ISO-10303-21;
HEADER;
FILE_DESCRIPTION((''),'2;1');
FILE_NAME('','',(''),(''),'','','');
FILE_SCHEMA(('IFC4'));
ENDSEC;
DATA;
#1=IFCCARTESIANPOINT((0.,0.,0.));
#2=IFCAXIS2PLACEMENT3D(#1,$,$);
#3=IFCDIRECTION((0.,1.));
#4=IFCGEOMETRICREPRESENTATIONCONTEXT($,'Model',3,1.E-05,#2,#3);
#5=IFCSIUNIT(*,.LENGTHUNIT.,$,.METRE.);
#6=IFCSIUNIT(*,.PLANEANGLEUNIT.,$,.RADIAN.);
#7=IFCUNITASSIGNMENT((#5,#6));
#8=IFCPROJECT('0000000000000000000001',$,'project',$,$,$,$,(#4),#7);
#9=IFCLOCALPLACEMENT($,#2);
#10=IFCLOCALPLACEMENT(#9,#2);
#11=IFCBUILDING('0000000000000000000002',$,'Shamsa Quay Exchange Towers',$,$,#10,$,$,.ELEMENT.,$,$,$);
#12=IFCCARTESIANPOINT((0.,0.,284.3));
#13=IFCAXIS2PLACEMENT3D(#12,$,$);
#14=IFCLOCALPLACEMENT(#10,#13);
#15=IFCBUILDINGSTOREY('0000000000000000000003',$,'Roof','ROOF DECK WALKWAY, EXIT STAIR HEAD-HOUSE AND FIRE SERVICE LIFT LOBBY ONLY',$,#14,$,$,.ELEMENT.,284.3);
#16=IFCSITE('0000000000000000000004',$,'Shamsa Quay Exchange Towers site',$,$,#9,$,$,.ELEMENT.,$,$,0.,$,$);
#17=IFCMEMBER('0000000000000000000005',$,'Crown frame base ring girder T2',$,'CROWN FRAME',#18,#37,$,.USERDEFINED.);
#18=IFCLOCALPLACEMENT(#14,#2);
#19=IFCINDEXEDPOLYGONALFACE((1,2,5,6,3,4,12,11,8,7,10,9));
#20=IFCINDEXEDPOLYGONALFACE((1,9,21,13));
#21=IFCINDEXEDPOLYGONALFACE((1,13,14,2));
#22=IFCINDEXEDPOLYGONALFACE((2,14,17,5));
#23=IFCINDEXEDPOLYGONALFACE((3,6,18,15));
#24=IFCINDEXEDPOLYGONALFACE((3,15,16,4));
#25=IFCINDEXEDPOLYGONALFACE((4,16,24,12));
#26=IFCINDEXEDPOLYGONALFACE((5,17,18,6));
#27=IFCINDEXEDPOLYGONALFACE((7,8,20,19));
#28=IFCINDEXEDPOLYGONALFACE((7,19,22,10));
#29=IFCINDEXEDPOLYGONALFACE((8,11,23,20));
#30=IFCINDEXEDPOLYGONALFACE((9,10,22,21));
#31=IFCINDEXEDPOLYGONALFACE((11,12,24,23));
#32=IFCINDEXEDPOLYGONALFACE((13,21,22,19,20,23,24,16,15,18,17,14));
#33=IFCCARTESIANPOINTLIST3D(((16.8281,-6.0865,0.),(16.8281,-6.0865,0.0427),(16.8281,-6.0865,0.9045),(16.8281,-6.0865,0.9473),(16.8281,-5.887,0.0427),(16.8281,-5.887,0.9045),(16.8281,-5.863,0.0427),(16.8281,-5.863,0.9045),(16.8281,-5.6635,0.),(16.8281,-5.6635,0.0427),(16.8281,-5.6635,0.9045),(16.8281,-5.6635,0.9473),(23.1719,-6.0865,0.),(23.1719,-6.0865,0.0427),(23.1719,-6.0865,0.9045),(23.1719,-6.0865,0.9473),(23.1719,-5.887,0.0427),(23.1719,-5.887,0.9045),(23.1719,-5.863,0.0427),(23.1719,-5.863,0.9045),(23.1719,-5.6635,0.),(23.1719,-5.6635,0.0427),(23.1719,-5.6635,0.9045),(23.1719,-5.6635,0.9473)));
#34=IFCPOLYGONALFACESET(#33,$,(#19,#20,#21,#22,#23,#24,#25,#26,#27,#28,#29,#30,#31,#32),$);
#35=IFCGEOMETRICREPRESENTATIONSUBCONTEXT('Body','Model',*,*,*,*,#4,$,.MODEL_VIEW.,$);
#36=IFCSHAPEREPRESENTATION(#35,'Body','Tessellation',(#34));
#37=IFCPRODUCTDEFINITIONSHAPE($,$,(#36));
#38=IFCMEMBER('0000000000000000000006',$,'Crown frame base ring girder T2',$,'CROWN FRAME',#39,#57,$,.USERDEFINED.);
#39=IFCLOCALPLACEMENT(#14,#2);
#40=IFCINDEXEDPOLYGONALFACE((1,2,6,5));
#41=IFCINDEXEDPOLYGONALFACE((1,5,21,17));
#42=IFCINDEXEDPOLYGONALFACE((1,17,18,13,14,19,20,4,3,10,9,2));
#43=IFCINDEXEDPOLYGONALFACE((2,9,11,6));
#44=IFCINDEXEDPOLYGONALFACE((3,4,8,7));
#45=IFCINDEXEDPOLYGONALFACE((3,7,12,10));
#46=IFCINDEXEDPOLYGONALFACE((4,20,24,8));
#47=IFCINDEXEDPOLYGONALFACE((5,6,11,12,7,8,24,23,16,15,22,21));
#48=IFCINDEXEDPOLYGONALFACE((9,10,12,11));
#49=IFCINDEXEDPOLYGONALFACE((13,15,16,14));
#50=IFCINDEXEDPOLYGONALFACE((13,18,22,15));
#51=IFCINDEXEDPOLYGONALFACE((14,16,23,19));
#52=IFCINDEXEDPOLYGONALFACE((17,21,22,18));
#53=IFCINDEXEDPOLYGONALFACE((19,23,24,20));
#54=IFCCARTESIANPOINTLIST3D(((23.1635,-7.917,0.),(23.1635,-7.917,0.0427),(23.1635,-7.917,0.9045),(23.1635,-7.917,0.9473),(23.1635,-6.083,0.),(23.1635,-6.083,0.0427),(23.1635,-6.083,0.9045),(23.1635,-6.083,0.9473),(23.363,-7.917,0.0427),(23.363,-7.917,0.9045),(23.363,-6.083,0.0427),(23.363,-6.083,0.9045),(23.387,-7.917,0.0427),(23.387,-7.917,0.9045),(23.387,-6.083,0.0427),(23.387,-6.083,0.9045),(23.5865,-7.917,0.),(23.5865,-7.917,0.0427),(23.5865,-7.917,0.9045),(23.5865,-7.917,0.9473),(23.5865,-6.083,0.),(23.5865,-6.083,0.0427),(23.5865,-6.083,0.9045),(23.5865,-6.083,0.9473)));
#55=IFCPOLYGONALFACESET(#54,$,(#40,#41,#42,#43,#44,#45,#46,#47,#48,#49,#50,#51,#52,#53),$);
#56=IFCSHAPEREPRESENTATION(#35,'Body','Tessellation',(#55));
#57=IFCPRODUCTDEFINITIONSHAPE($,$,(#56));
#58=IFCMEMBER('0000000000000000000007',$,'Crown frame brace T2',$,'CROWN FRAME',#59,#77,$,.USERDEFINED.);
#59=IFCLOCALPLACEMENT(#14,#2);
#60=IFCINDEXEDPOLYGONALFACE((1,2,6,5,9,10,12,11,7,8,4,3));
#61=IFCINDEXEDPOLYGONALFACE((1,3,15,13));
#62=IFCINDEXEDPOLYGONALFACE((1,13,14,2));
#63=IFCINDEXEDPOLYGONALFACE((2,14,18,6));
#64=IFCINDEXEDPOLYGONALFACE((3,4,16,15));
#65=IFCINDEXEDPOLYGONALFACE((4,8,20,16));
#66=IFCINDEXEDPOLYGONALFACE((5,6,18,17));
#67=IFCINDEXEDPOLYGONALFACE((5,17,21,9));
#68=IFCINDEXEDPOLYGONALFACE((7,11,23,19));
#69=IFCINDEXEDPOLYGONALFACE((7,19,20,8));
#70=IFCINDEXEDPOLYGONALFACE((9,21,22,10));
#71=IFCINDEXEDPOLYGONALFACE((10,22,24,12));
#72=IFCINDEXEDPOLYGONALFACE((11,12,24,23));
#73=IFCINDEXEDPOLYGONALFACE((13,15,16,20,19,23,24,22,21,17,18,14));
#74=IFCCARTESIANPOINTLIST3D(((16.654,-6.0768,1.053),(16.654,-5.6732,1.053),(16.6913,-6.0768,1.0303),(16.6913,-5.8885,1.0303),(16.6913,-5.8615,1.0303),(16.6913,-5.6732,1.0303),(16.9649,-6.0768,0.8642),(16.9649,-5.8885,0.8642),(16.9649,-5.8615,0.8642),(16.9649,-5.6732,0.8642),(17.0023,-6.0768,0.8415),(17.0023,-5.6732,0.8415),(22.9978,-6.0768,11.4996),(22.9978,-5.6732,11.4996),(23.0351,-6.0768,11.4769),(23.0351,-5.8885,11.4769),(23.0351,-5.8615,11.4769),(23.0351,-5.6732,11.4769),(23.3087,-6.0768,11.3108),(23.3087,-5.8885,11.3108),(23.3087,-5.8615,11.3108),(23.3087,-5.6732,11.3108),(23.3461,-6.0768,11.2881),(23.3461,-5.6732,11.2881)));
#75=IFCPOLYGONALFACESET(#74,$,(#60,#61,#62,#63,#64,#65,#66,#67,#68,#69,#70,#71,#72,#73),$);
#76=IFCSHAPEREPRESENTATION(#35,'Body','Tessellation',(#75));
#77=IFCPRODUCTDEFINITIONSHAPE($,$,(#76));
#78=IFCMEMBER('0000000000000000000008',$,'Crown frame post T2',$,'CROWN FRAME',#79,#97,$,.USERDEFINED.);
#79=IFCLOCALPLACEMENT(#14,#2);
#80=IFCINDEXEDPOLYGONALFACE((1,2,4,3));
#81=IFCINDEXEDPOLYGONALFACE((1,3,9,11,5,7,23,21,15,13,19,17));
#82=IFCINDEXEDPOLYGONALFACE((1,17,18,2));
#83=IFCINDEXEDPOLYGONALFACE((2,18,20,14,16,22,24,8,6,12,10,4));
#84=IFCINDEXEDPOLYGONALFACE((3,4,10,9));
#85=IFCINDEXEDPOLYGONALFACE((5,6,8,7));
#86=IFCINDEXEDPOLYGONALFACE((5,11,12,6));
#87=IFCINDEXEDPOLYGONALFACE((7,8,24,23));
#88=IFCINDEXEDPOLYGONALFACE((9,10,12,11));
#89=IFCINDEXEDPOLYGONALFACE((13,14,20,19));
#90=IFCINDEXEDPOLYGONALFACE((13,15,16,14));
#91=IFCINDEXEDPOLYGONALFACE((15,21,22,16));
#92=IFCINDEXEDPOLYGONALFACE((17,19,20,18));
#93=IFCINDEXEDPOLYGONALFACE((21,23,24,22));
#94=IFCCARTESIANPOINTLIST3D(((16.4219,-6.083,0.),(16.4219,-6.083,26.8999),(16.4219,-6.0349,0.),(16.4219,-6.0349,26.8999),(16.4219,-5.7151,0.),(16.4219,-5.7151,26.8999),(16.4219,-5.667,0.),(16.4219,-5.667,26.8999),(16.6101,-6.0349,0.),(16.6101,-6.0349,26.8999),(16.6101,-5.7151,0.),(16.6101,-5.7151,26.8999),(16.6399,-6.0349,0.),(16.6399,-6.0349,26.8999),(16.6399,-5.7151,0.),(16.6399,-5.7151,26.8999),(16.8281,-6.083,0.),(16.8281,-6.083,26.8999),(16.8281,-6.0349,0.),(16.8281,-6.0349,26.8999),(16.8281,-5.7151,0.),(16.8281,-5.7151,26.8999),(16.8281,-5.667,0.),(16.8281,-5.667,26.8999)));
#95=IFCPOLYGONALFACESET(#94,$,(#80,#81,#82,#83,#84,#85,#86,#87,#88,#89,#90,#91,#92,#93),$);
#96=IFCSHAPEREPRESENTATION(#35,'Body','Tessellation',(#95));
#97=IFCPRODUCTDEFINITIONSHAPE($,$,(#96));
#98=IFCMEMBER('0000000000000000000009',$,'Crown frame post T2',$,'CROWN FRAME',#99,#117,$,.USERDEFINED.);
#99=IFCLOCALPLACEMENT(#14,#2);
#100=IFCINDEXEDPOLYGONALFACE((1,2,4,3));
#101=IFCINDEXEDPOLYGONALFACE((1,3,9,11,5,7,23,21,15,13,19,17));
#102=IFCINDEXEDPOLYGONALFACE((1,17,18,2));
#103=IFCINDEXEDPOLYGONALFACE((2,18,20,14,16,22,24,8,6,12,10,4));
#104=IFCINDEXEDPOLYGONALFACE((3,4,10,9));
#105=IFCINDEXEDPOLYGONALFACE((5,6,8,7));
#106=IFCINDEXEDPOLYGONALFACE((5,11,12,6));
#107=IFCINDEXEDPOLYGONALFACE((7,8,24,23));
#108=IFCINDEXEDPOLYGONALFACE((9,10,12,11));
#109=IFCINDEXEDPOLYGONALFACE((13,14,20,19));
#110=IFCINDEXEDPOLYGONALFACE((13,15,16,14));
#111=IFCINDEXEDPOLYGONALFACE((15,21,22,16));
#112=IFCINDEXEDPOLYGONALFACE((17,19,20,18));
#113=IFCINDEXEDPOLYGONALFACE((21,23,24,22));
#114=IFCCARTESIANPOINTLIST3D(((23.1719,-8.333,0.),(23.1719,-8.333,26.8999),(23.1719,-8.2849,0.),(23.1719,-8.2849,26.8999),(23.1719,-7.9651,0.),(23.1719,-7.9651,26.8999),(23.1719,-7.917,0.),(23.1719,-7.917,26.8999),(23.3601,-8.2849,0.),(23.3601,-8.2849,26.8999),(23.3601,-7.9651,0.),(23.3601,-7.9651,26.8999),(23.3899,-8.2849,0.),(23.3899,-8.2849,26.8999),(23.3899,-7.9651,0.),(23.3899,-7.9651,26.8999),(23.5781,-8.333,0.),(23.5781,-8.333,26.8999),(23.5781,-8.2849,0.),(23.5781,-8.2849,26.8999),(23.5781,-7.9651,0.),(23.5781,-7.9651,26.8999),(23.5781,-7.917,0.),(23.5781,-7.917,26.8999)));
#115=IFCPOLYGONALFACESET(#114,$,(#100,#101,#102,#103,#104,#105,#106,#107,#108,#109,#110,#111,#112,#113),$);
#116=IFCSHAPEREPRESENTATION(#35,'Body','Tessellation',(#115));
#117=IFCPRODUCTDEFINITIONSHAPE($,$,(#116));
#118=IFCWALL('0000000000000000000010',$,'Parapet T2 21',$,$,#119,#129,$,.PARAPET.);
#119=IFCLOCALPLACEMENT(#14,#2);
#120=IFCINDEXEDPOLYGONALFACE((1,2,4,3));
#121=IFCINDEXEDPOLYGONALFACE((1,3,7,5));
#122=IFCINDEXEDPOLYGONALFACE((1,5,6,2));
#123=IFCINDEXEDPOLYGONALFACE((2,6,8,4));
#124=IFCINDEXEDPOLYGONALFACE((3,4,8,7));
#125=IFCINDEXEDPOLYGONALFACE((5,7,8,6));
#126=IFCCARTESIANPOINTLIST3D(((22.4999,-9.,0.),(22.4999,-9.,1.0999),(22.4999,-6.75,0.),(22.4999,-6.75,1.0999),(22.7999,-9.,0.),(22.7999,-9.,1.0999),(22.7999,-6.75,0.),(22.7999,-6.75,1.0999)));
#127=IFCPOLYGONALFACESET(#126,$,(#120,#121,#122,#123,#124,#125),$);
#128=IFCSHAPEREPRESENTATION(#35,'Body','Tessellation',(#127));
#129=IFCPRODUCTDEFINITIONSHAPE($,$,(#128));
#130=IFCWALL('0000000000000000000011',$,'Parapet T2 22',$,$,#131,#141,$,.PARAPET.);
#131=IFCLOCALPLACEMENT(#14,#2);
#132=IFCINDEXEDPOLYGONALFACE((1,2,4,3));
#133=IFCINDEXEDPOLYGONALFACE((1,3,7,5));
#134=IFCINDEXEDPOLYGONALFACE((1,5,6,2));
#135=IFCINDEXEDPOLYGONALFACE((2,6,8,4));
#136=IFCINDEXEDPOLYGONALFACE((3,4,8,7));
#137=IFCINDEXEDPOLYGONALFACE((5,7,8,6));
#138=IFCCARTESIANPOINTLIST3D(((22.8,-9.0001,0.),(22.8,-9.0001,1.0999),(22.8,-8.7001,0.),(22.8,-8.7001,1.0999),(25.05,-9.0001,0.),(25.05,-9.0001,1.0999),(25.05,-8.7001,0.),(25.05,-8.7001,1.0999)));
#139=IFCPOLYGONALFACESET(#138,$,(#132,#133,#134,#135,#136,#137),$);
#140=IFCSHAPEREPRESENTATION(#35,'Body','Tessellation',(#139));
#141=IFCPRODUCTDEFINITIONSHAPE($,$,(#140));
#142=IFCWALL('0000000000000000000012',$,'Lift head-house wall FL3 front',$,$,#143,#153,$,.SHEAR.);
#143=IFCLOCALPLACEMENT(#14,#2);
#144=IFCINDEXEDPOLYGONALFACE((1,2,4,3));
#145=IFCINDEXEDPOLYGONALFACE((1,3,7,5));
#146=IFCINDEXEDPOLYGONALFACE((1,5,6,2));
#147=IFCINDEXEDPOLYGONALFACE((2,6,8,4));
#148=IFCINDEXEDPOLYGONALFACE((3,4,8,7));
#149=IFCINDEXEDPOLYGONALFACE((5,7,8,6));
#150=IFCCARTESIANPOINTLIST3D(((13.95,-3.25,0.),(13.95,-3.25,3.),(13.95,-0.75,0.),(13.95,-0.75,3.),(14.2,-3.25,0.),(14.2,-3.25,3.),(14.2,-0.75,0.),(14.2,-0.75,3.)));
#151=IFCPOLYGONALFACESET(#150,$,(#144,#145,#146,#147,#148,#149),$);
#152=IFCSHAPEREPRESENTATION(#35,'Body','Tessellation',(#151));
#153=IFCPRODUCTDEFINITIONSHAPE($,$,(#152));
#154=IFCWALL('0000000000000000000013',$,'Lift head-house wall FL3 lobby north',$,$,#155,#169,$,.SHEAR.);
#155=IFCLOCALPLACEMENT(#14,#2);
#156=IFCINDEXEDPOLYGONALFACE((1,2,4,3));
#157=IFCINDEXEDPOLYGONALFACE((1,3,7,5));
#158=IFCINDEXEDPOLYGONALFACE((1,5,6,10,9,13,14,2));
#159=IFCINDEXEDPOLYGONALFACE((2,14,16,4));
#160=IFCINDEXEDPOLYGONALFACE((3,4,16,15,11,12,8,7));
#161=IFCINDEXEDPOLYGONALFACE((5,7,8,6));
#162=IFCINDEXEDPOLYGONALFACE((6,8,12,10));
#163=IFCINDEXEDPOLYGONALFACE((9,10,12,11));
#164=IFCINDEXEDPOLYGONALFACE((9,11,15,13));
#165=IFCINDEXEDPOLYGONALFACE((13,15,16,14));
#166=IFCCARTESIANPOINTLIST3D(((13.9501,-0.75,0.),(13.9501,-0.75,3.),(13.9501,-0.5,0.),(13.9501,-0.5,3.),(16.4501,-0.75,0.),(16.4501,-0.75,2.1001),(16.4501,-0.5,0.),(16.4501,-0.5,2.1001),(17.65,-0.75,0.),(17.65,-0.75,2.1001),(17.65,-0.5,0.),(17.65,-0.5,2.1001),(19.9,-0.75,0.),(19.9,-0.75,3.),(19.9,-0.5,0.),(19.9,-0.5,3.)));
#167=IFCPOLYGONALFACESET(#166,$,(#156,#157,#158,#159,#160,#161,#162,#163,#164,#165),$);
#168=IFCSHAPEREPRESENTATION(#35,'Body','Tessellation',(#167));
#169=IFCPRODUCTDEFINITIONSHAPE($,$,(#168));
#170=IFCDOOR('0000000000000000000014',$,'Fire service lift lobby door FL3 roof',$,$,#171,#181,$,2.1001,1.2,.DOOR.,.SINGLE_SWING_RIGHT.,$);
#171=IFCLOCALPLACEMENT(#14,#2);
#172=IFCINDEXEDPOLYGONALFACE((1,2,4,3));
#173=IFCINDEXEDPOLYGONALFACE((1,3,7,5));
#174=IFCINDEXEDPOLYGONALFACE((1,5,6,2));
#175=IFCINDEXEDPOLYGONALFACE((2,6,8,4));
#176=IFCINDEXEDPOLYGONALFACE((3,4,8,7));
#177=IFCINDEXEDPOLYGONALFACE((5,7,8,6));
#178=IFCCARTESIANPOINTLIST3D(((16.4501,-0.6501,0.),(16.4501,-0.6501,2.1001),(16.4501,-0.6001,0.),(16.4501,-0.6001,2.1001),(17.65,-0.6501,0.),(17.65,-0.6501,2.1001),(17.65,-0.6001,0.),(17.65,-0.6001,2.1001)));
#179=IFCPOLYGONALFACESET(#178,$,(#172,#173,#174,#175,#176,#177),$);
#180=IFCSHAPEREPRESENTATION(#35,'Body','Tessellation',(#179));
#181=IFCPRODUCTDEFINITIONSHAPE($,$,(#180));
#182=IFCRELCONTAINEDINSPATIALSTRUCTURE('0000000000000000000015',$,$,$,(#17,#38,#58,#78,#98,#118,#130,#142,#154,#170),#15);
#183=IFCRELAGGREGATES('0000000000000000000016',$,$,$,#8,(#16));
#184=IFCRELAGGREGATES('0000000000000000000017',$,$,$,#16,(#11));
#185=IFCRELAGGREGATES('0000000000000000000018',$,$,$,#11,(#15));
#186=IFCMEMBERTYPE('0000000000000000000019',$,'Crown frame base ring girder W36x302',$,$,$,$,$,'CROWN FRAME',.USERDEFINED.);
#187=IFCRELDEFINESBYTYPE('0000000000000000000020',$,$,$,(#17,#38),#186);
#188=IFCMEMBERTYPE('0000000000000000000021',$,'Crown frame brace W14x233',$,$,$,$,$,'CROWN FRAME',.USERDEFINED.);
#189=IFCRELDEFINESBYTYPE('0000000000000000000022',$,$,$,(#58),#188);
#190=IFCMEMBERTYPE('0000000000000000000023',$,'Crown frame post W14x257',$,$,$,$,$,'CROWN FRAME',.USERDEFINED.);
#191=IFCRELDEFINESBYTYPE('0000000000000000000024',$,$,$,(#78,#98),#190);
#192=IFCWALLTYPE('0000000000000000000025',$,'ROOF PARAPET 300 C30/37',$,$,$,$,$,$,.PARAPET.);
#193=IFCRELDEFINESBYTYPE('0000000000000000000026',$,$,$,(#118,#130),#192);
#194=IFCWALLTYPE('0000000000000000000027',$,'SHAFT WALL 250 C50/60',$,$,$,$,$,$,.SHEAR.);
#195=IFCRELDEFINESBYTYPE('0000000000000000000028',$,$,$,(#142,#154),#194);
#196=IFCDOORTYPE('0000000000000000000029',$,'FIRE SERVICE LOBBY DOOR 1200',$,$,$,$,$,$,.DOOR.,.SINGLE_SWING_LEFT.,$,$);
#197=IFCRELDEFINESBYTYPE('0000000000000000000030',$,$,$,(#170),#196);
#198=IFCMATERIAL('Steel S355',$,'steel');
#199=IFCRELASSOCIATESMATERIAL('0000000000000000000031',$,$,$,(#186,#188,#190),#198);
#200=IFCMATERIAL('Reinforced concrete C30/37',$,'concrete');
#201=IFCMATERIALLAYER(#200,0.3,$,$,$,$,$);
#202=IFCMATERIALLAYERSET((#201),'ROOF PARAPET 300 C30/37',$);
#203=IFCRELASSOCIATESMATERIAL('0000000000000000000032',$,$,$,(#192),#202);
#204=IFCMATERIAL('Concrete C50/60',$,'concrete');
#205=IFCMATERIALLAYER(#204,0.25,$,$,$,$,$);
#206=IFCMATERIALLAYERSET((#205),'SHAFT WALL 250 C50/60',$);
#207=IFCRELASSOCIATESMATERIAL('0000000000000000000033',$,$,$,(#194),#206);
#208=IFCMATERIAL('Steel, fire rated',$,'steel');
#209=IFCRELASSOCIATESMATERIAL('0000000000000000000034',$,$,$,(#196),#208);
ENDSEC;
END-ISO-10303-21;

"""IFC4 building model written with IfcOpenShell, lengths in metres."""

from ifc_helpers import new_model, si_unit, direction, frame, frame_2d, origin, origin_2d, place, context, subcontext, project, spatial, rectangle, i_section, extrude, material, layer, layer_set, material_profile, profile_set, type_object, element, fill, save


model = new_model("IFC4")

# Units and contexts
model_context = context("Model", 3, precision=1e-05, world=origin(), true_north=direction((0.0, 1.0)))
body_context = subcontext(model_context, "Body", "Model", "MODEL_VIEW")
ifc_project = project(units=[si_unit("LENGTHUNIT", "METRE"), si_unit("PLANEANGLEUNIT", "RADIAN")], contexts=[model_context])

# Site, building, storey
site_placement = place(None, origin())
site = spatial("IfcSite", under=ifc_project, at=site_placement, Name="Shamsa Quay Exchange Towers site", CompositionType="ELEMENT", RefElevation=0.0)
building_placement = place(site_placement, origin())
building = spatial("IfcBuilding", under=site, at=building_placement, Name="Shamsa Quay Exchange Towers", CompositionType="ELEMENT")
storey_placement = place(building_placement, frame((0.0, 0.0, 284.3)))
storey = spatial("IfcBuildingStorey", under=building, at=storey_placement, Name="Roof", Description="ROOF DECK WALKWAY, EXIT STAIR HEAD-HOUSE AND FIRE SERVICE LIFT LOBBY ONLY", CompositionType="ELEMENT", Elevation=284.3)

# Members
ifc_material_1 = material(Name="Steel S355", Category="steel")
ifc_material_profile_1 = material_profile(ifc_material_1, i_section(OverallWidth=0.4231, OverallDepth=0.9473, WebThickness=0.0239, FlangeThickness=0.0427, at=origin_2d()), Name="W36x302")
ifc_profile_set_1 = profile_set([ifc_material_profile_1], Name="Steel S355")
member_type_1 = type_object("IfcMemberType", Name="Crown frame base ring girder W36x302", ElementType="CROWN FRAME", PredefinedType="USERDEFINED", material=ifc_profile_set_1)
member_1_placement = place(storey_placement, frame((16.8281, -5.875, 0.4736), z_axis=(1.0, 0.0, 0.0), x_axis=(0.0, 1.0, 0.0)))
element("IfcMember", 1, at=member_1_placement, inside=storey, type_object=member_type_1, Name="Crown frame base ring girder T2", ObjectType="CROWN FRAME", PredefinedType="USERDEFINED", context=body_context, shape_type="SweptSolid", body=[
    extrude(i_section(OverallWidth=0.4231, OverallDepth=0.9473, WebThickness=0.0239, FlangeThickness=0.0427, at=origin_2d()), origin(), (0.0, 0.0, 1.0), 6.3438),
])
member_2_placement = place(storey_placement, frame((23.375, -6.083, 0.4736), z_axis=(0.0, -1.0, 0.0), x_axis=(1.0, 0.0, 0.0)))
element("IfcMember", 2, at=member_2_placement, inside=storey, type_object=member_type_1, Name="Crown frame base ring girder T2", ObjectType="CROWN FRAME", PredefinedType="USERDEFINED", context=body_context, shape_type="SweptSolid", body=[
    extrude(i_section(OverallWidth=0.4231, OverallDepth=0.9473, WebThickness=0.0239, FlangeThickness=0.0427, at=origin_2d()), origin(), (0.0, 0.0, 1.0), 1.834),
])
ifc_material_profile_2 = material_profile(ifc_material_1, i_section(OverallWidth=0.4036, OverallDepth=0.4075, WebThickness=0.0271, FlangeThickness=0.0437, at=origin_2d()), Name="W14x233")
ifc_profile_set_2 = profile_set([ifc_material_profile_2], Name="Steel S355")
member_type_2 = type_object("IfcMemberType", Name="Crown frame brace W14x233", ElementType="CROWN FRAME", PredefinedType="USERDEFINED", material=ifc_profile_set_2)
member_3_placement = place(storey_placement, frame((16.8281, -5.875, 0.9473), z_axis=(0.519051, 0.0, 0.854744), x_axis=(0.0, 1.0, 0.0)))
element("IfcMember", 3, at=member_3_placement, inside=storey, type_object=member_type_2, Name="Crown frame brace T2", ObjectType="CROWN FRAME", PredefinedType="USERDEFINED", context=body_context, shape_type="SweptSolid", body=[
    extrude(i_section(OverallWidth=0.4036, OverallDepth=0.4075, WebThickness=0.0271, FlangeThickness=0.0437, at=origin_2d()), origin(), (0.0, 0.0, 1.0), 12.2219),
])
ifc_material_profile_3 = material_profile(ifc_material_1, i_section(OverallWidth=0.4062, OverallDepth=0.416, WebThickness=0.0298, FlangeThickness=0.0481, at=origin_2d()), Name="W14x257")
ifc_profile_set_3 = profile_set([ifc_material_profile_3], Name="Steel S355")
member_type_3 = type_object("IfcMemberType", Name="Crown frame post W14x257", ElementType="CROWN FRAME", PredefinedType="USERDEFINED", material=ifc_profile_set_3)
for number, where, name in (
    (4, (16.625, -5.875, 0.0), "Crown frame post T2"),
    (5, (23.375, -8.125, 0.0), "Crown frame post T2"),
):
    element("IfcMember", number, at=place(storey_placement, frame(where)), inside=storey, type_object=member_type_3, Name=name, ObjectType="CROWN FRAME", PredefinedType="USERDEFINED", context=body_context, shape_type="SweptSolid", body=[
        extrude(i_section(OverallWidth=0.4062, OverallDepth=0.416, WebThickness=0.0298, FlangeThickness=0.0481, at=origin_2d()), origin(), (0.0, 0.0, 1.0), 26.8999),
    ])

# Walls
ifc_material_2 = material(Name="Reinforced concrete C30/37", Category="concrete")
ifc_layer_1 = layer(ifc_material_2, 0.3)
ifc_layer_set_1 = layer_set([ifc_layer_1], Name="ROOF PARAPET 300 C30/37")
wall_type_1 = type_object("IfcWallType", Name="ROOF PARAPET 300 C30/37", PredefinedType="PARAPET", material=ifc_layer_set_1)
wall_1_placement = place(storey_placement, frame((22.6499, -6.75, 0.0), z_axis=(0.0, 0.0, 1.0), x_axis=(0.0, -1.0, 0.0)))
element("IfcWall", 6, at=wall_1_placement, inside=storey, type_object=wall_type_1, Name="Parapet T2 21", PredefinedType="PARAPET", context=body_context, shape_type="SweptSolid", body=[
    extrude(rectangle(XDim=2.25, YDim=0.3, at=frame_2d((1.125, 0.0))), origin(), (0.0, 0.0, 1.0), 1.0999),
])
wall_2_placement = place(storey_placement, frame((22.8, -8.8501, 0.0)))
element("IfcWall", 7, at=wall_2_placement, inside=storey, type_object=wall_type_1, Name="Parapet T2 22", PredefinedType="PARAPET", context=body_context, shape_type="SweptSolid", body=[
    extrude(rectangle(XDim=2.25, YDim=0.3, at=frame_2d((1.125, 0.0))), origin(), (0.0, 0.0, 1.0), 1.0999),
])
ifc_material_3 = material(Name="Concrete C50/60", Category="concrete")
ifc_layer_2 = layer(ifc_material_3, 0.25)
ifc_layer_set_2 = layer_set([ifc_layer_2], Name="SHAFT WALL 250 C50/60")
wall_type_2 = type_object("IfcWallType", Name="SHAFT WALL 250 C50/60", PredefinedType="SHEAR", material=ifc_layer_set_2)
wall_3_placement = place(storey_placement, frame((14.075, -3.25, 0.0), z_axis=(0.0, 0.0, 1.0), x_axis=(0.0, 1.0, 0.0)))
element("IfcWall", 8, at=wall_3_placement, inside=storey, type_object=wall_type_2, Name="Lift head-house wall FL3 front", PredefinedType="SHEAR", context=body_context, shape_type="SweptSolid", body=[
    extrude(rectangle(XDim=2.5, YDim=0.25, at=frame_2d((1.25, 0.0))), origin(), (0.0, 0.0, 1.0), 3.0),
])

# Wall, opening, door
wall_4_placement = place(storey_placement, frame((13.95, -0.625, 0.0)))
wall_4 = element("IfcWall", 9, at=wall_4_placement, inside=storey, type_object=wall_type_2, Name="Lift head-house wall FL3 lobby north", PredefinedType="SHEAR", context=body_context, shape_type="SweptSolid", body=[
    extrude(rectangle(XDim=5.95, YDim=0.25, at=frame_2d((2.9751, 0.0))), origin(), (0.0, 0.0, 1.0), 3.0),
])
opening_1_placement = place(wall_4_placement, frame((2.5, 0.0, 0.0)))
opening_1 = element("IfcOpeningElement", 10, at=opening_1_placement, cuts=wall_4, PredefinedType="OPENING", context=body_context, shape_type="SweptSolid", body=[
    extrude(rectangle(XDim=1.2, YDim=2.1001, at=frame_2d((0.6001, 1.05))), frame((0.0, 0.135, 0.0), z_axis=(0.0, -1.0, 0.0), x_axis=(1.0, 0.0, 0.0)), (0.0, 0.0, 1.0), 0.27),
])
ifc_material_4 = material(Name="Steel, fire rated", Category="steel")
door_type_1 = type_object("IfcDoorType", Name="FIRE SERVICE LOBBY DOOR 1200", OperationType="SINGLE_SWING_LEFT", PredefinedType="DOOR", material=ifc_material_4)
door_1_placement = place(opening_1_placement, origin())
door_1 = element("IfcDoor", 11, at=door_1_placement, inside=storey, type_object=door_type_1, Name="Fire service lift lobby door FL3 roof", OperationType="SINGLE_SWING_RIGHT", OverallHeight=2.1001, OverallWidth=1.2, PredefinedType="DOOR", context=body_context, shape_type="SweptSolid", body=[
    extrude(rectangle(XDim=1.2, YDim=2.1001, at=frame_2d((0.6001, 1.05))), frame((0.0, 0.0249, 0.0), z_axis=(0.0, -1.0, 0.0), x_axis=(1.0, 0.0, 0.0)), (0.0, 0.0, 1.0), 0.05),
])
fill(opening_1, door_1)

save(model, "model.ifc")
